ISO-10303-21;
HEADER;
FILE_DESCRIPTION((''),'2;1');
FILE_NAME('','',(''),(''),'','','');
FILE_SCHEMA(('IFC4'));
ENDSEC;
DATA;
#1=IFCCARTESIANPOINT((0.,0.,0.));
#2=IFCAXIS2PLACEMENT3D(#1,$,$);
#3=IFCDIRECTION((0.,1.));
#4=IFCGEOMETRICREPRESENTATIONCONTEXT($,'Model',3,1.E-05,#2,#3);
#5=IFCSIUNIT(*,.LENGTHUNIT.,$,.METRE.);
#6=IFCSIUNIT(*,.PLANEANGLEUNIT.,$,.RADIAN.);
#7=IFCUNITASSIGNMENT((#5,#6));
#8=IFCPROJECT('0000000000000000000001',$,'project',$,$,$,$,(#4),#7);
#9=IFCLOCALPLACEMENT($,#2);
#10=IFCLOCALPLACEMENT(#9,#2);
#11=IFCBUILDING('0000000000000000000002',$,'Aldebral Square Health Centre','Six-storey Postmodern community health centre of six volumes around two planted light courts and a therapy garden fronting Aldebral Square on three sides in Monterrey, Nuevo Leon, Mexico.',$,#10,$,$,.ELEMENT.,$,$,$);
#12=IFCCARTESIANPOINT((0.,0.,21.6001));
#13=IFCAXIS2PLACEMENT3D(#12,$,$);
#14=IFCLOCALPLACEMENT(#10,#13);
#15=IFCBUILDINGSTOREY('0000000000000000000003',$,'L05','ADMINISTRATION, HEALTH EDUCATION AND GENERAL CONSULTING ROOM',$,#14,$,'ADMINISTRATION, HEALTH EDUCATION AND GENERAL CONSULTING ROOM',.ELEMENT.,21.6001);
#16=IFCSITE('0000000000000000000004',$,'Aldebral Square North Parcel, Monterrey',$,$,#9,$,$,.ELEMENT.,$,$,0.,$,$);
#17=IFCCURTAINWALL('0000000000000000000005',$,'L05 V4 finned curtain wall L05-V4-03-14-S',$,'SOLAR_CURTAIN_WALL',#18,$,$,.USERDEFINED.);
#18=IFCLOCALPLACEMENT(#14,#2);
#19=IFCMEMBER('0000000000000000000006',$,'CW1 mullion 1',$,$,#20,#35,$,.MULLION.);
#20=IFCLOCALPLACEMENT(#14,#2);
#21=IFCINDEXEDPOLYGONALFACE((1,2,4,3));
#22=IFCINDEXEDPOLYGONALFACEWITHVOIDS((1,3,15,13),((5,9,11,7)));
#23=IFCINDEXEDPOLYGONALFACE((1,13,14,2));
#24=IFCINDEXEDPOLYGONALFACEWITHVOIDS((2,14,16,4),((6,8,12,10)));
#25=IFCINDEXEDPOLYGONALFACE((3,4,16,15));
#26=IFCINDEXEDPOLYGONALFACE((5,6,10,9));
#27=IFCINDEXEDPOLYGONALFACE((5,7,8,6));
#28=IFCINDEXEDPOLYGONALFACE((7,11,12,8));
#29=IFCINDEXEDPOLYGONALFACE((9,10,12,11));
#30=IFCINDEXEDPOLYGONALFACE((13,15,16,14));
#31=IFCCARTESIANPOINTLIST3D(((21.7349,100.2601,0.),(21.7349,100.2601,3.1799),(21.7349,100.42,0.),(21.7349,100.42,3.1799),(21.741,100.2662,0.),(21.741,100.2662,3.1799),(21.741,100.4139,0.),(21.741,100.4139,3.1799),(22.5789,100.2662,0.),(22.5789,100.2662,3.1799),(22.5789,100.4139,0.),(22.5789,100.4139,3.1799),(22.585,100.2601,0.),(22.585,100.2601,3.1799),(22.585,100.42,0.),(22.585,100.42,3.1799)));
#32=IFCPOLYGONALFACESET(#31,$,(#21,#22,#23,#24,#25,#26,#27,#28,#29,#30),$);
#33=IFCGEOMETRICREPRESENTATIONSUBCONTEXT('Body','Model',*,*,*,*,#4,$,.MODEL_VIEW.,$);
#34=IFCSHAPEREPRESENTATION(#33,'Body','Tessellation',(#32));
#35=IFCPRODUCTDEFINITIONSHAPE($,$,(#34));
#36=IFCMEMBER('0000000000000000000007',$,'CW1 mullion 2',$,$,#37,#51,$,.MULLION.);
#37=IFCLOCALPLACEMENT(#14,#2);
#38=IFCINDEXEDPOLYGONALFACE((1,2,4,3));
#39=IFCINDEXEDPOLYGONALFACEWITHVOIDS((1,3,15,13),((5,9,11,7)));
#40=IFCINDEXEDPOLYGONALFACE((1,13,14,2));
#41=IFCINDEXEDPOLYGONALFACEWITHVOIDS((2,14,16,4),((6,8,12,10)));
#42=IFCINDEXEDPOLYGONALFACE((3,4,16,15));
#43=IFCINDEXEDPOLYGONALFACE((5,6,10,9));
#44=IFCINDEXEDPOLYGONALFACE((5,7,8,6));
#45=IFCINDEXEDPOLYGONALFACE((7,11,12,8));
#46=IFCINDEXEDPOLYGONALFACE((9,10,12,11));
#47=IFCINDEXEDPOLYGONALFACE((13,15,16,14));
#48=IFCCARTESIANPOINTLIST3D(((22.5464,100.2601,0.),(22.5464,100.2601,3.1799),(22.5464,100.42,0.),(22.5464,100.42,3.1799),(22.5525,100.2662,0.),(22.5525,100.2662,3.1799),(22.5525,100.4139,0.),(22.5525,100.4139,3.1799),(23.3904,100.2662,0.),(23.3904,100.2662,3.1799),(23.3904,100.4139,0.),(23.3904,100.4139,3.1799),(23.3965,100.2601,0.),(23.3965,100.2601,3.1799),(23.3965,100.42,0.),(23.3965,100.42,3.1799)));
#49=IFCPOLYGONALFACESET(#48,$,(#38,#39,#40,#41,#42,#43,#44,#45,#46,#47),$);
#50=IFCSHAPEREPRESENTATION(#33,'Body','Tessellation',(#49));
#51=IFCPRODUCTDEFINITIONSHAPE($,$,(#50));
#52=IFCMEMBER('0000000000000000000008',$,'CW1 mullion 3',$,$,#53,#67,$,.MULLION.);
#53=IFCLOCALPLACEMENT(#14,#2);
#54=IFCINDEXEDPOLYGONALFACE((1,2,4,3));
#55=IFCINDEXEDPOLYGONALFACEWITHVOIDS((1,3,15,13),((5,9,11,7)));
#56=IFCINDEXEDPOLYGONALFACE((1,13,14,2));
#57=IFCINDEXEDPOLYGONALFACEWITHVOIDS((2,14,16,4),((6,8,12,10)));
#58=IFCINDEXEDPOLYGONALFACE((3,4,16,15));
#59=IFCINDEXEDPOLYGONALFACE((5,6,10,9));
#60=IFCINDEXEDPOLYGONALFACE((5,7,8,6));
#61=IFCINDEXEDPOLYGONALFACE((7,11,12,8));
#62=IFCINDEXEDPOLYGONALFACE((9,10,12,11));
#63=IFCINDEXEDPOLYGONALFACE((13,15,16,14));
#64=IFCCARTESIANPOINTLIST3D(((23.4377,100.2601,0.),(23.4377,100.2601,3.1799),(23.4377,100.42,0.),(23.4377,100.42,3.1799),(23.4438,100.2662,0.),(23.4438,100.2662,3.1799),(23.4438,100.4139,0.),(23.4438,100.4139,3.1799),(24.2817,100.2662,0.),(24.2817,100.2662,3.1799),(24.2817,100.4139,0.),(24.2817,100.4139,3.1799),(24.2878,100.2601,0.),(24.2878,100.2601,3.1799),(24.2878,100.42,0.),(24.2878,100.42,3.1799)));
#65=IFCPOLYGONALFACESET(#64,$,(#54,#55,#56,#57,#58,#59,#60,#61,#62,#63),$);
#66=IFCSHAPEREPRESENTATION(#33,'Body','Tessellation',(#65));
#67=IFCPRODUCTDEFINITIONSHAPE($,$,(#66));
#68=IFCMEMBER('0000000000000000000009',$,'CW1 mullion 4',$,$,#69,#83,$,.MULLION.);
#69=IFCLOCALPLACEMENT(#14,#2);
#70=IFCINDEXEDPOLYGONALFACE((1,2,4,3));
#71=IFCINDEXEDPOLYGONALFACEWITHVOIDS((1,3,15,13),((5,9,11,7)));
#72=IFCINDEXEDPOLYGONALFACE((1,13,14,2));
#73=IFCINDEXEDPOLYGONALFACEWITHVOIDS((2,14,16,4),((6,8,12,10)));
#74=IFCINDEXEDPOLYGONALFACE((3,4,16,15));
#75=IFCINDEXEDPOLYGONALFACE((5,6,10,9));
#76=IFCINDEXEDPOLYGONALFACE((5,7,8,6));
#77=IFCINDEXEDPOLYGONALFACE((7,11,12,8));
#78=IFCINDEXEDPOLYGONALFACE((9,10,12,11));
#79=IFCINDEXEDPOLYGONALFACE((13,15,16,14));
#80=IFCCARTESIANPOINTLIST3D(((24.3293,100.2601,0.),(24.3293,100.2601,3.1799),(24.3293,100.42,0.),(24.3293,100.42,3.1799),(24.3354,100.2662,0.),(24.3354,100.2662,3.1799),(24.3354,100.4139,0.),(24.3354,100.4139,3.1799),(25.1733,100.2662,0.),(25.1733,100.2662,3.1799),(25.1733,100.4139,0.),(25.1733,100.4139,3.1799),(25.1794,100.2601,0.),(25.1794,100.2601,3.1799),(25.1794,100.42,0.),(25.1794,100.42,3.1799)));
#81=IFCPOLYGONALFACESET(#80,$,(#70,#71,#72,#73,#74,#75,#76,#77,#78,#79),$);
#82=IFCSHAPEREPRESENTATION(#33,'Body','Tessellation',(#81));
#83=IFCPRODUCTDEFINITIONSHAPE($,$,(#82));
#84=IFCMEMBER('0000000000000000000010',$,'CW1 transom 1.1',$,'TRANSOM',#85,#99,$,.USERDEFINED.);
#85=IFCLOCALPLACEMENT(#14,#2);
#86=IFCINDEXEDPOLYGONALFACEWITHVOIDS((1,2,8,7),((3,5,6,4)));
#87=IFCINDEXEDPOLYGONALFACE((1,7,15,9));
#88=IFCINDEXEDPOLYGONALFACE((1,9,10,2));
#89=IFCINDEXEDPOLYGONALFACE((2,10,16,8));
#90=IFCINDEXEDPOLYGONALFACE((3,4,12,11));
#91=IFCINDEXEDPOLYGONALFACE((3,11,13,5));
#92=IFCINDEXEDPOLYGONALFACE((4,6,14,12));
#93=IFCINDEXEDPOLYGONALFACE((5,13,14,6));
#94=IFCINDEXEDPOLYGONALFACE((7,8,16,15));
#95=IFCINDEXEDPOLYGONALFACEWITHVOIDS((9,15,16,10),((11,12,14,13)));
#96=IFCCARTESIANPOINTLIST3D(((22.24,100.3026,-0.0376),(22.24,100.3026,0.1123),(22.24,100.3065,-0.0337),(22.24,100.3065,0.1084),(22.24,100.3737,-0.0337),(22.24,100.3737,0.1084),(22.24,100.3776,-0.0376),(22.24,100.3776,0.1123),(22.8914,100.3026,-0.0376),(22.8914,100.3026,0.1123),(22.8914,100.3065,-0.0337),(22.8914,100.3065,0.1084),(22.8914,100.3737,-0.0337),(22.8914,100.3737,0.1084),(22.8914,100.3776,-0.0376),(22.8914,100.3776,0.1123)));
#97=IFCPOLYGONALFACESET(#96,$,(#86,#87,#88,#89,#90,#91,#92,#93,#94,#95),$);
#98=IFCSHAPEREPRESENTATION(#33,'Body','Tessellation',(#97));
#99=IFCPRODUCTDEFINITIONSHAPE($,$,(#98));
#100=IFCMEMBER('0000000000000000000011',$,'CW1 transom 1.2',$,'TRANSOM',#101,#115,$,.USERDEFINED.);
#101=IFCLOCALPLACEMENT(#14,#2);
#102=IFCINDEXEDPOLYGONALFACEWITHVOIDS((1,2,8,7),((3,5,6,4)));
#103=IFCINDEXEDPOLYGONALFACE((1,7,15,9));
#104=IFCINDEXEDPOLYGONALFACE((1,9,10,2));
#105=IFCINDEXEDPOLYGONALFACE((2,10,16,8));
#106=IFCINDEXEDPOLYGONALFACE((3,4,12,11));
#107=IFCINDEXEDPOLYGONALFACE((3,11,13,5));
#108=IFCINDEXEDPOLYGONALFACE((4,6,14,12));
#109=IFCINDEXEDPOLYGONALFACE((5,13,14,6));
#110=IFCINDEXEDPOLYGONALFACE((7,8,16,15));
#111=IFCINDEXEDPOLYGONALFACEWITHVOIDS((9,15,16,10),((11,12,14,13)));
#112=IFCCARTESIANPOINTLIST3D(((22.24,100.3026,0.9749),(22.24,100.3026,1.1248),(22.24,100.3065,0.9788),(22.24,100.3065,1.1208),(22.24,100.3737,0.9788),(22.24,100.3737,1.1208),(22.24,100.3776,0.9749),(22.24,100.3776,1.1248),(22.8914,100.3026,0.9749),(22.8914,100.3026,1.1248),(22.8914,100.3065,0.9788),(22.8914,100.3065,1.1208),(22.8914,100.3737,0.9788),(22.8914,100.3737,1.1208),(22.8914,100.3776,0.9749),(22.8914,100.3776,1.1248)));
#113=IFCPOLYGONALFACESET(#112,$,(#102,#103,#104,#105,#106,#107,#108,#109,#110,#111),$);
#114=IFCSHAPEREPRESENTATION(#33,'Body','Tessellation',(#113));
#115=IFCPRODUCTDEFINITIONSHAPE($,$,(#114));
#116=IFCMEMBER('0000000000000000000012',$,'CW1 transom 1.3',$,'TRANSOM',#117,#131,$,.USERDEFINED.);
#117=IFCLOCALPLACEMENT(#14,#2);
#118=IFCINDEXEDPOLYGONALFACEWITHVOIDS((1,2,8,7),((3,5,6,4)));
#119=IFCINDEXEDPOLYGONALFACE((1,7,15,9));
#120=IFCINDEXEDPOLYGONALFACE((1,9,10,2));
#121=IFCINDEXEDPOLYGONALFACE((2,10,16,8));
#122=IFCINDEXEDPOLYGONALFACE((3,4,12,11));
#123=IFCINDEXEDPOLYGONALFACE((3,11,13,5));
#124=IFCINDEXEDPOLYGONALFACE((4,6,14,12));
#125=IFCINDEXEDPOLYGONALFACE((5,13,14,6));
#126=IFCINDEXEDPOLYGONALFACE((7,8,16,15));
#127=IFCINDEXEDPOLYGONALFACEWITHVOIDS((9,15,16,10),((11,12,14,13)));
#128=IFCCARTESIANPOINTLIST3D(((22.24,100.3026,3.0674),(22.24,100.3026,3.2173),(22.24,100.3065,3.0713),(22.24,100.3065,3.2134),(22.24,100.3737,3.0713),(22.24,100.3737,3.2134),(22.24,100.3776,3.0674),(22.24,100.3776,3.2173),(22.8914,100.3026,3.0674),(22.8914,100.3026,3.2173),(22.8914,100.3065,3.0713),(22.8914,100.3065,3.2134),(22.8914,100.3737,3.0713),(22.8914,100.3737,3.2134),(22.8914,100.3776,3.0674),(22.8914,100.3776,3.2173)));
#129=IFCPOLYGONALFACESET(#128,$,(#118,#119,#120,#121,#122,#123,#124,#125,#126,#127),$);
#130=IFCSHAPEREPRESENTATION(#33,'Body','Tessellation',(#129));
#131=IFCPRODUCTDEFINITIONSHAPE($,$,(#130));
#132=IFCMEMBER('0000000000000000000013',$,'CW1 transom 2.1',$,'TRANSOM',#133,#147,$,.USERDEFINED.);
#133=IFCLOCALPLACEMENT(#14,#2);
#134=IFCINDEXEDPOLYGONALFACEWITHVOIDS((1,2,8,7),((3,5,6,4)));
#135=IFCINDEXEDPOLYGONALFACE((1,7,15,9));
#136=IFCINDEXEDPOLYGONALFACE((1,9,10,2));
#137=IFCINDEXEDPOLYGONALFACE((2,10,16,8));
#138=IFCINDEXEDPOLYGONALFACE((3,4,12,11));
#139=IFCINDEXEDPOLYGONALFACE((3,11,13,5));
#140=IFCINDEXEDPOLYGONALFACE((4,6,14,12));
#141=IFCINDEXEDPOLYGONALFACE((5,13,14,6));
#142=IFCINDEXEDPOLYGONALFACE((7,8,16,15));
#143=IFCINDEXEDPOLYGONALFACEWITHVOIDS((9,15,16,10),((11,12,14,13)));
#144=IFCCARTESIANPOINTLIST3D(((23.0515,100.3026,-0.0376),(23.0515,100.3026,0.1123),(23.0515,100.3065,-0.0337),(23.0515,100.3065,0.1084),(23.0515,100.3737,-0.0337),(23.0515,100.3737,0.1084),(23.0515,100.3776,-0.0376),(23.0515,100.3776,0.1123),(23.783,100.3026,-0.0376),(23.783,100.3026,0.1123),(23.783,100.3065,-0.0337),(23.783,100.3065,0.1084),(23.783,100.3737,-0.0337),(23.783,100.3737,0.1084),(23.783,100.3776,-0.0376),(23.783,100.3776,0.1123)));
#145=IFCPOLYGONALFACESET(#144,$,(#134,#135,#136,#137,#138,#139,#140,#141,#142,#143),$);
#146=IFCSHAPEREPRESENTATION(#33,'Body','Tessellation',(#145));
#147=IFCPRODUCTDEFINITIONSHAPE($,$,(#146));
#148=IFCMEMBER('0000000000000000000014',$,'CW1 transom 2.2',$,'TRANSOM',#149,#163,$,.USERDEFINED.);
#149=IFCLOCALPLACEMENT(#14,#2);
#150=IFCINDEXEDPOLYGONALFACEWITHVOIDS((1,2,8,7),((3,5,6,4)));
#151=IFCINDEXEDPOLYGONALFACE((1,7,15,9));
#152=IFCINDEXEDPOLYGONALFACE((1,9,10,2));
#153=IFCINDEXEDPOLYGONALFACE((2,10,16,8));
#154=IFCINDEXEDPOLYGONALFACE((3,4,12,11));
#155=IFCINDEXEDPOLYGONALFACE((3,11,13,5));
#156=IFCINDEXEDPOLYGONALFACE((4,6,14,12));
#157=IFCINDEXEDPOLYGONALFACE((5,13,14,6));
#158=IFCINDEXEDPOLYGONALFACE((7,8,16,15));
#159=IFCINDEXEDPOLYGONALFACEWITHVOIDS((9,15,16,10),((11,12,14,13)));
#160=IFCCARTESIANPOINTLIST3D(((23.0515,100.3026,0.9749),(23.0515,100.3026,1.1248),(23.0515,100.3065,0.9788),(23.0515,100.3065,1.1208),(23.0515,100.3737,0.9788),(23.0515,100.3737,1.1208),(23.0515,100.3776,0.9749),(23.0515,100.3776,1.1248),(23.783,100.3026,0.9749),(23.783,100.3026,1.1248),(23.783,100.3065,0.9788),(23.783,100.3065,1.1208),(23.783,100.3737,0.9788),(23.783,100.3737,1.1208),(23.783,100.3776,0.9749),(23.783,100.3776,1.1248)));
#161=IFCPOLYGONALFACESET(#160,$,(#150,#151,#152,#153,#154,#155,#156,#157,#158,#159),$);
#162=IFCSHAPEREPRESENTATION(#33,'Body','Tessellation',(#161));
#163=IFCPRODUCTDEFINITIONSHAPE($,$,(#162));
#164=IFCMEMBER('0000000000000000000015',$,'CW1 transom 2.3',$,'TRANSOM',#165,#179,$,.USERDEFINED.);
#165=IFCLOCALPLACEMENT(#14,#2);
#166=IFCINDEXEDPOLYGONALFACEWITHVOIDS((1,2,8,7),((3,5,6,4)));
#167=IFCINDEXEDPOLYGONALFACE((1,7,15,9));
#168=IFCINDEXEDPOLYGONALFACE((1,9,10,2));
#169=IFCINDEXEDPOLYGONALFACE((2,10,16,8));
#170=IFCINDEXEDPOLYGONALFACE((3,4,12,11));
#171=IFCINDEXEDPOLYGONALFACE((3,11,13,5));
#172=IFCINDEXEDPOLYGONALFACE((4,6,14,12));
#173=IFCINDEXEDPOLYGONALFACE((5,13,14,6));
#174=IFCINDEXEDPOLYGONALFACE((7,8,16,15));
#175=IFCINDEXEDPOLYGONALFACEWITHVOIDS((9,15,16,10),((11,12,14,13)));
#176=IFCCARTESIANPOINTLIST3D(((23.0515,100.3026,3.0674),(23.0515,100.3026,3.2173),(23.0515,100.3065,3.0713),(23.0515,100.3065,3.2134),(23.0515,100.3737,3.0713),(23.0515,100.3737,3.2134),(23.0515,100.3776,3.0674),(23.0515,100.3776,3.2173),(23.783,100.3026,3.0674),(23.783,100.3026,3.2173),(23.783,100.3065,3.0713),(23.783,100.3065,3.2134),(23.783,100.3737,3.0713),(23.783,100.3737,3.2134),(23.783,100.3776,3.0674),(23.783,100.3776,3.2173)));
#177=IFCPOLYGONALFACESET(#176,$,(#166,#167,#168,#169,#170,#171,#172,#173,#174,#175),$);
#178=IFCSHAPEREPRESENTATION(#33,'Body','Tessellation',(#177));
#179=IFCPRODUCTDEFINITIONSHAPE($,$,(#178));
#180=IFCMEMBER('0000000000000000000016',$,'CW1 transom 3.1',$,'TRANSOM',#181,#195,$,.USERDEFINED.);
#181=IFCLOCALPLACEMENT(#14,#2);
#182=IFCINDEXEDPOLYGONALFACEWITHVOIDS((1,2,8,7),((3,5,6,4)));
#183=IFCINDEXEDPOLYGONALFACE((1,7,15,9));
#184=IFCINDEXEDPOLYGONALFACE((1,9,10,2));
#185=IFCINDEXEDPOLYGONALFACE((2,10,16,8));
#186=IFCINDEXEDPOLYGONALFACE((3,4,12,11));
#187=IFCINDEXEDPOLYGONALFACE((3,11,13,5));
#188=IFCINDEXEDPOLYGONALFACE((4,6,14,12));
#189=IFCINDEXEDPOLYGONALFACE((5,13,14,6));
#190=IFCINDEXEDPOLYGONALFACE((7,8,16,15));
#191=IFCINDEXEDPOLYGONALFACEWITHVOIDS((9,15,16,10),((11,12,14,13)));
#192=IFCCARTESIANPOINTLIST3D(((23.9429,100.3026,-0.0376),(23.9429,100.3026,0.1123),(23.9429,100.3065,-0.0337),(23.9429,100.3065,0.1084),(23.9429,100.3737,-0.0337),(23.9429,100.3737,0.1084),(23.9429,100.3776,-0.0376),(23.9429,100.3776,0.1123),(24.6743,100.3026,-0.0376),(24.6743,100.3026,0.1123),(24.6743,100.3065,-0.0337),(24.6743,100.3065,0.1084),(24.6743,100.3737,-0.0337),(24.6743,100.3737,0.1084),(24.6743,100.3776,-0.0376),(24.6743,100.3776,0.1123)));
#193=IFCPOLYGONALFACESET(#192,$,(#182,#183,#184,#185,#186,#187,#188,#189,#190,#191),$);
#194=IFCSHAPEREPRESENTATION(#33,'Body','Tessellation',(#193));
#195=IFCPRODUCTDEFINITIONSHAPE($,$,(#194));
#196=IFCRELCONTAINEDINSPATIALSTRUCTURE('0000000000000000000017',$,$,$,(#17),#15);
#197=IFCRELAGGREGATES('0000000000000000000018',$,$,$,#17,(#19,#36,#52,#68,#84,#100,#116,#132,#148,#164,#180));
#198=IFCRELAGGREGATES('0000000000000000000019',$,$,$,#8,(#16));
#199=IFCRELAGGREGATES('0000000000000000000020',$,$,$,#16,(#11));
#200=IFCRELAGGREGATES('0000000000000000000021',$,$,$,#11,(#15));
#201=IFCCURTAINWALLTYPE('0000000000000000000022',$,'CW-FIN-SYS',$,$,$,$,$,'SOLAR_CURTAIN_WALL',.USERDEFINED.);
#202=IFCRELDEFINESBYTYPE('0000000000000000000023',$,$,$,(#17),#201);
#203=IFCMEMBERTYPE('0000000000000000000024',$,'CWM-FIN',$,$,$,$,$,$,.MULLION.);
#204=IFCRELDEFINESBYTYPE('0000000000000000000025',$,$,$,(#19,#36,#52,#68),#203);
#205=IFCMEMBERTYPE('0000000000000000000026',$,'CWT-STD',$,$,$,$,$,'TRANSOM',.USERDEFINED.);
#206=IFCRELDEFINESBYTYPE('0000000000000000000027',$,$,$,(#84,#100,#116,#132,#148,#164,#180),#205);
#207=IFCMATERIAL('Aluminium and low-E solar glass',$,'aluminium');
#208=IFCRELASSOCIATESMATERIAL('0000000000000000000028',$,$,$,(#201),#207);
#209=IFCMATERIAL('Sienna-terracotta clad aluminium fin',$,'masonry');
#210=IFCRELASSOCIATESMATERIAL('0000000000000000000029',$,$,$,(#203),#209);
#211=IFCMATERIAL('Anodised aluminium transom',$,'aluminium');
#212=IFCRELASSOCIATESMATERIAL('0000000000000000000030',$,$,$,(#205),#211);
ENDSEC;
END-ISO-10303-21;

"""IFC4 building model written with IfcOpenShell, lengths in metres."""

from ifc_helpers import new_model, si_unit, direction, frame, origin, origin_2d, place, context, subcontext, project, spatial, hollow_rectangle, extrude, material, material_profile, profile_set, type_object, element, aggregate, save


model = new_model("IFC4")

# Units and contexts
model_context = context("Model", 3, precision=1e-05, world=origin(), true_north=direction((0.0, 1.0)))
body_context = subcontext(model_context, "Body", "Model", "MODEL_VIEW")
ifc_project = project(units=[si_unit("LENGTHUNIT", "METRE"), si_unit("PLANEANGLEUNIT", "RADIAN")], contexts=[model_context])

# Site, building, storey
site_placement = place(None, origin())
site = spatial("IfcSite", under=ifc_project, at=site_placement, Name="Aldebral Square North Parcel, Monterrey", CompositionType="ELEMENT", RefElevation=0.0)
building_placement = place(site_placement, origin())
building = spatial("IfcBuilding", under=site, at=building_placement, Name="Aldebral Square Health Centre", Description="Six-storey Postmodern community health centre of six volumes around two planted light courts and a therapy garden fronting Aldebral Square on three sides in Monterrey, Nuevo Leon, Mexico.", CompositionType="ELEMENT")
storey_placement = place(building_placement, frame((0.0, 0.0, 21.6001)))
storey = spatial("IfcBuildingStorey", under=building, at=storey_placement, Name="L05", Description="ADMINISTRATION, HEALTH EDUCATION AND GENERAL CONSULTING ROOM", LongName="ADMINISTRATION, HEALTH EDUCATION AND GENERAL CONSULTING ROOM", CompositionType="ELEMENT", Elevation=21.6001)

# Curtain wall, members
ifc_material_1 = material(Name="Aluminium and low-E solar glass", Category="aluminium")
curtain_wall_type = type_object("IfcCurtainWallType", Name="CW-FIN-SYS", ElementType="SOLAR_CURTAIN_WALL", PredefinedType="USERDEFINED", material=ifc_material_1)
curtain_wall_placement = place(storey_placement, origin())
curtain_wall = element("IfcCurtainWall", 1, at=curtain_wall_placement, inside=storey, type_object=curtain_wall_type, Name="L05 V4 finned curtain wall L05-V4-03-14-S", ObjectType="SOLAR_CURTAIN_WALL", PredefinedType="USERDEFINED")
ifc_material_2 = material(Name="Sienna-terracotta clad aluminium fin", Category="masonry")
ifc_material_profile_1 = material_profile(ifc_material_2, hollow_rectangle(XDim=0.1599, YDim=0.8501, WallThickness=0.0061, at=origin_2d()), Name="FIN 160x850x6")
ifc_profile_set_1 = profile_set([ifc_material_profile_1], Name="Sienna-terracotta clad aluminium fin")
member_type_1 = type_object("IfcMemberType", Name="CWM-FIN", PredefinedType="MULLION", material=ifc_profile_set_1)
member_1_placement = place(storey_placement, frame((22.1599, 100.3401, 0.0), z_axis=(0.0, 0.0, 1.0), x_axis=(0.0, 1.0, 0.0)))
member_1 = element("IfcMember", 2, at=member_1_placement, type_object=member_type_1, Name="CW1 mullion 1", PredefinedType="MULLION", context=body_context, shape_type="SweptSolid", body=[
    extrude(hollow_rectangle(XDim=0.1599, YDim=0.8501, WallThickness=0.0061, at=origin_2d()), origin(), (0.0, 0.0, 1.0), 3.1799),
])
member_2_placement = place(storey_placement, frame((22.9714, 100.3401, 0.0), z_axis=(0.0, 0.0, 1.0), x_axis=(0.0, 1.0, 0.0)))
member_2 = element("IfcMember", 3, at=member_2_placement, type_object=member_type_1, Name="CW1 mullion 2", PredefinedType="MULLION", context=body_context, shape_type="SweptSolid", body=[
    extrude(hollow_rectangle(XDim=0.1599, YDim=0.8501, WallThickness=0.0061, at=origin_2d()), origin(), (0.0, 0.0, 1.0), 3.1799),
])
member_3_placement = place(storey_placement, frame((23.8628, 100.3401, 0.0), z_axis=(0.0, 0.0, 1.0), x_axis=(0.0, 1.0, 0.0)))
member_3 = element("IfcMember", 4, at=member_3_placement, type_object=member_type_1, Name="CW1 mullion 3", PredefinedType="MULLION", context=body_context, shape_type="SweptSolid", body=[
    extrude(hollow_rectangle(XDim=0.1599, YDim=0.8501, WallThickness=0.0061, at=origin_2d()), origin(), (0.0, 0.0, 1.0), 3.1799),
])
member_4_placement = place(storey_placement, frame((24.7544, 100.3401, 0.0), z_axis=(0.0, 0.0, 1.0), x_axis=(0.0, 1.0, 0.0)))
member_4 = element("IfcMember", 5, at=member_4_placement, type_object=member_type_1, Name="CW1 mullion 4", PredefinedType="MULLION", context=body_context, shape_type="SweptSolid", body=[
    extrude(hollow_rectangle(XDim=0.1599, YDim=0.8501, WallThickness=0.0061, at=origin_2d()), origin(), (0.0, 0.0, 1.0), 3.1799),
])
ifc_material_3 = material(Name="Anodised aluminium transom", Category="aluminium")
ifc_material_profile_2 = material_profile(ifc_material_3, hollow_rectangle(XDim=0.075, YDim=0.1499, WallThickness=0.0039, at=origin_2d()), Name="CWT 75x150x4")
ifc_profile_set_2 = profile_set([ifc_material_profile_2], Name="Anodised aluminium transom")
member_type_2 = type_object("IfcMemberType", Name="CWT-STD", ElementType="TRANSOM", PredefinedType="USERDEFINED", material=ifc_profile_set_2)
member_5_placement = place(storey_placement, frame((22.24, 100.3401, 0.0374), z_axis=(1.0, 0.0, 0.0), x_axis=(0.0, 1.0, 0.0)))
member_5 = element("IfcMember", 6, at=member_5_placement, type_object=member_type_2, Name="CW1 transom 1.1", ObjectType="TRANSOM", PredefinedType="USERDEFINED", context=body_context, shape_type="SweptSolid", body=[
    extrude(hollow_rectangle(XDim=0.075, YDim=0.1499, WallThickness=0.0039, at=origin_2d()), origin(), (0.0, 0.0, 1.0), 0.6514),
])
member_6_placement = place(storey_placement, frame((22.24, 100.3401, 1.0498), z_axis=(1.0, 0.0, 0.0), x_axis=(0.0, 1.0, 0.0)))
member_6 = element("IfcMember", 7, at=member_6_placement, type_object=member_type_2, Name="CW1 transom 1.2", ObjectType="TRANSOM", PredefinedType="USERDEFINED", context=body_context, shape_type="SweptSolid", body=[
    extrude(hollow_rectangle(XDim=0.075, YDim=0.1499, WallThickness=0.0039, at=origin_2d()), origin(), (0.0, 0.0, 1.0), 0.6514),
])
member_7_placement = place(storey_placement, frame((22.24, 100.3401, 3.1423), z_axis=(1.0, 0.0, 0.0), x_axis=(0.0, 1.0, 0.0)))
member_7 = element("IfcMember", 8, at=member_7_placement, type_object=member_type_2, Name="CW1 transom 1.3", ObjectType="TRANSOM", PredefinedType="USERDEFINED", context=body_context, shape_type="SweptSolid", body=[
    extrude(hollow_rectangle(XDim=0.075, YDim=0.1499, WallThickness=0.0039, at=origin_2d()), origin(), (0.0, 0.0, 1.0), 0.6514),
])
member_8_placement = place(storey_placement, frame((23.0515, 100.3401, 0.0374), z_axis=(1.0, 0.0, 0.0), x_axis=(0.0, 1.0, 0.0)))
member_8 = element("IfcMember", 9, at=member_8_placement, type_object=member_type_2, Name="CW1 transom 2.1", ObjectType="TRANSOM", PredefinedType="USERDEFINED", context=body_context, shape_type="SweptSolid", body=[
    extrude(hollow_rectangle(XDim=0.075, YDim=0.1499, WallThickness=0.0039, at=origin_2d()), origin(), (0.0, 0.0, 1.0), 0.7314),
])
member_9_placement = place(storey_placement, frame((23.0515, 100.3401, 1.0498), z_axis=(1.0, 0.0, 0.0), x_axis=(0.0, 1.0, 0.0)))
member_9 = element("IfcMember", 10, at=member_9_placement, type_object=member_type_2, Name="CW1 transom 2.2", ObjectType="TRANSOM", PredefinedType="USERDEFINED", context=body_context, shape_type="SweptSolid", body=[
    extrude(hollow_rectangle(XDim=0.075, YDim=0.1499, WallThickness=0.0039, at=origin_2d()), origin(), (0.0, 0.0, 1.0), 0.7314),
])
member_10_placement = place(storey_placement, frame((23.0515, 100.3401, 3.1423), z_axis=(1.0, 0.0, 0.0), x_axis=(0.0, 1.0, 0.0)))
member_10 = element("IfcMember", 11, at=member_10_placement, type_object=member_type_2, Name="CW1 transom 2.3", ObjectType="TRANSOM", PredefinedType="USERDEFINED", context=body_context, shape_type="SweptSolid", body=[
    extrude(hollow_rectangle(XDim=0.075, YDim=0.1499, WallThickness=0.0039, at=origin_2d()), origin(), (0.0, 0.0, 1.0), 0.7314),
])
member_11_placement = place(storey_placement, frame((23.9429, 100.3401, 0.0374), z_axis=(1.0, 0.0, 0.0), x_axis=(0.0, 1.0, 0.0)))
member_11 = element("IfcMember", 12, at=member_11_placement, type_object=member_type_2, Name="CW1 transom 3.1", ObjectType="TRANSOM", PredefinedType="USERDEFINED", context=body_context, shape_type="SweptSolid", body=[
    extrude(hollow_rectangle(XDim=0.075, YDim=0.1499, WallThickness=0.0039, at=origin_2d()), origin(), (0.0, 0.0, 1.0), 0.7314),
])
aggregate(curtain_wall, [member_1, member_2, member_3, member_4, member_5, member_6, member_7, member_8, member_9, member_10, member_11])

save(model, "model.ifc")
